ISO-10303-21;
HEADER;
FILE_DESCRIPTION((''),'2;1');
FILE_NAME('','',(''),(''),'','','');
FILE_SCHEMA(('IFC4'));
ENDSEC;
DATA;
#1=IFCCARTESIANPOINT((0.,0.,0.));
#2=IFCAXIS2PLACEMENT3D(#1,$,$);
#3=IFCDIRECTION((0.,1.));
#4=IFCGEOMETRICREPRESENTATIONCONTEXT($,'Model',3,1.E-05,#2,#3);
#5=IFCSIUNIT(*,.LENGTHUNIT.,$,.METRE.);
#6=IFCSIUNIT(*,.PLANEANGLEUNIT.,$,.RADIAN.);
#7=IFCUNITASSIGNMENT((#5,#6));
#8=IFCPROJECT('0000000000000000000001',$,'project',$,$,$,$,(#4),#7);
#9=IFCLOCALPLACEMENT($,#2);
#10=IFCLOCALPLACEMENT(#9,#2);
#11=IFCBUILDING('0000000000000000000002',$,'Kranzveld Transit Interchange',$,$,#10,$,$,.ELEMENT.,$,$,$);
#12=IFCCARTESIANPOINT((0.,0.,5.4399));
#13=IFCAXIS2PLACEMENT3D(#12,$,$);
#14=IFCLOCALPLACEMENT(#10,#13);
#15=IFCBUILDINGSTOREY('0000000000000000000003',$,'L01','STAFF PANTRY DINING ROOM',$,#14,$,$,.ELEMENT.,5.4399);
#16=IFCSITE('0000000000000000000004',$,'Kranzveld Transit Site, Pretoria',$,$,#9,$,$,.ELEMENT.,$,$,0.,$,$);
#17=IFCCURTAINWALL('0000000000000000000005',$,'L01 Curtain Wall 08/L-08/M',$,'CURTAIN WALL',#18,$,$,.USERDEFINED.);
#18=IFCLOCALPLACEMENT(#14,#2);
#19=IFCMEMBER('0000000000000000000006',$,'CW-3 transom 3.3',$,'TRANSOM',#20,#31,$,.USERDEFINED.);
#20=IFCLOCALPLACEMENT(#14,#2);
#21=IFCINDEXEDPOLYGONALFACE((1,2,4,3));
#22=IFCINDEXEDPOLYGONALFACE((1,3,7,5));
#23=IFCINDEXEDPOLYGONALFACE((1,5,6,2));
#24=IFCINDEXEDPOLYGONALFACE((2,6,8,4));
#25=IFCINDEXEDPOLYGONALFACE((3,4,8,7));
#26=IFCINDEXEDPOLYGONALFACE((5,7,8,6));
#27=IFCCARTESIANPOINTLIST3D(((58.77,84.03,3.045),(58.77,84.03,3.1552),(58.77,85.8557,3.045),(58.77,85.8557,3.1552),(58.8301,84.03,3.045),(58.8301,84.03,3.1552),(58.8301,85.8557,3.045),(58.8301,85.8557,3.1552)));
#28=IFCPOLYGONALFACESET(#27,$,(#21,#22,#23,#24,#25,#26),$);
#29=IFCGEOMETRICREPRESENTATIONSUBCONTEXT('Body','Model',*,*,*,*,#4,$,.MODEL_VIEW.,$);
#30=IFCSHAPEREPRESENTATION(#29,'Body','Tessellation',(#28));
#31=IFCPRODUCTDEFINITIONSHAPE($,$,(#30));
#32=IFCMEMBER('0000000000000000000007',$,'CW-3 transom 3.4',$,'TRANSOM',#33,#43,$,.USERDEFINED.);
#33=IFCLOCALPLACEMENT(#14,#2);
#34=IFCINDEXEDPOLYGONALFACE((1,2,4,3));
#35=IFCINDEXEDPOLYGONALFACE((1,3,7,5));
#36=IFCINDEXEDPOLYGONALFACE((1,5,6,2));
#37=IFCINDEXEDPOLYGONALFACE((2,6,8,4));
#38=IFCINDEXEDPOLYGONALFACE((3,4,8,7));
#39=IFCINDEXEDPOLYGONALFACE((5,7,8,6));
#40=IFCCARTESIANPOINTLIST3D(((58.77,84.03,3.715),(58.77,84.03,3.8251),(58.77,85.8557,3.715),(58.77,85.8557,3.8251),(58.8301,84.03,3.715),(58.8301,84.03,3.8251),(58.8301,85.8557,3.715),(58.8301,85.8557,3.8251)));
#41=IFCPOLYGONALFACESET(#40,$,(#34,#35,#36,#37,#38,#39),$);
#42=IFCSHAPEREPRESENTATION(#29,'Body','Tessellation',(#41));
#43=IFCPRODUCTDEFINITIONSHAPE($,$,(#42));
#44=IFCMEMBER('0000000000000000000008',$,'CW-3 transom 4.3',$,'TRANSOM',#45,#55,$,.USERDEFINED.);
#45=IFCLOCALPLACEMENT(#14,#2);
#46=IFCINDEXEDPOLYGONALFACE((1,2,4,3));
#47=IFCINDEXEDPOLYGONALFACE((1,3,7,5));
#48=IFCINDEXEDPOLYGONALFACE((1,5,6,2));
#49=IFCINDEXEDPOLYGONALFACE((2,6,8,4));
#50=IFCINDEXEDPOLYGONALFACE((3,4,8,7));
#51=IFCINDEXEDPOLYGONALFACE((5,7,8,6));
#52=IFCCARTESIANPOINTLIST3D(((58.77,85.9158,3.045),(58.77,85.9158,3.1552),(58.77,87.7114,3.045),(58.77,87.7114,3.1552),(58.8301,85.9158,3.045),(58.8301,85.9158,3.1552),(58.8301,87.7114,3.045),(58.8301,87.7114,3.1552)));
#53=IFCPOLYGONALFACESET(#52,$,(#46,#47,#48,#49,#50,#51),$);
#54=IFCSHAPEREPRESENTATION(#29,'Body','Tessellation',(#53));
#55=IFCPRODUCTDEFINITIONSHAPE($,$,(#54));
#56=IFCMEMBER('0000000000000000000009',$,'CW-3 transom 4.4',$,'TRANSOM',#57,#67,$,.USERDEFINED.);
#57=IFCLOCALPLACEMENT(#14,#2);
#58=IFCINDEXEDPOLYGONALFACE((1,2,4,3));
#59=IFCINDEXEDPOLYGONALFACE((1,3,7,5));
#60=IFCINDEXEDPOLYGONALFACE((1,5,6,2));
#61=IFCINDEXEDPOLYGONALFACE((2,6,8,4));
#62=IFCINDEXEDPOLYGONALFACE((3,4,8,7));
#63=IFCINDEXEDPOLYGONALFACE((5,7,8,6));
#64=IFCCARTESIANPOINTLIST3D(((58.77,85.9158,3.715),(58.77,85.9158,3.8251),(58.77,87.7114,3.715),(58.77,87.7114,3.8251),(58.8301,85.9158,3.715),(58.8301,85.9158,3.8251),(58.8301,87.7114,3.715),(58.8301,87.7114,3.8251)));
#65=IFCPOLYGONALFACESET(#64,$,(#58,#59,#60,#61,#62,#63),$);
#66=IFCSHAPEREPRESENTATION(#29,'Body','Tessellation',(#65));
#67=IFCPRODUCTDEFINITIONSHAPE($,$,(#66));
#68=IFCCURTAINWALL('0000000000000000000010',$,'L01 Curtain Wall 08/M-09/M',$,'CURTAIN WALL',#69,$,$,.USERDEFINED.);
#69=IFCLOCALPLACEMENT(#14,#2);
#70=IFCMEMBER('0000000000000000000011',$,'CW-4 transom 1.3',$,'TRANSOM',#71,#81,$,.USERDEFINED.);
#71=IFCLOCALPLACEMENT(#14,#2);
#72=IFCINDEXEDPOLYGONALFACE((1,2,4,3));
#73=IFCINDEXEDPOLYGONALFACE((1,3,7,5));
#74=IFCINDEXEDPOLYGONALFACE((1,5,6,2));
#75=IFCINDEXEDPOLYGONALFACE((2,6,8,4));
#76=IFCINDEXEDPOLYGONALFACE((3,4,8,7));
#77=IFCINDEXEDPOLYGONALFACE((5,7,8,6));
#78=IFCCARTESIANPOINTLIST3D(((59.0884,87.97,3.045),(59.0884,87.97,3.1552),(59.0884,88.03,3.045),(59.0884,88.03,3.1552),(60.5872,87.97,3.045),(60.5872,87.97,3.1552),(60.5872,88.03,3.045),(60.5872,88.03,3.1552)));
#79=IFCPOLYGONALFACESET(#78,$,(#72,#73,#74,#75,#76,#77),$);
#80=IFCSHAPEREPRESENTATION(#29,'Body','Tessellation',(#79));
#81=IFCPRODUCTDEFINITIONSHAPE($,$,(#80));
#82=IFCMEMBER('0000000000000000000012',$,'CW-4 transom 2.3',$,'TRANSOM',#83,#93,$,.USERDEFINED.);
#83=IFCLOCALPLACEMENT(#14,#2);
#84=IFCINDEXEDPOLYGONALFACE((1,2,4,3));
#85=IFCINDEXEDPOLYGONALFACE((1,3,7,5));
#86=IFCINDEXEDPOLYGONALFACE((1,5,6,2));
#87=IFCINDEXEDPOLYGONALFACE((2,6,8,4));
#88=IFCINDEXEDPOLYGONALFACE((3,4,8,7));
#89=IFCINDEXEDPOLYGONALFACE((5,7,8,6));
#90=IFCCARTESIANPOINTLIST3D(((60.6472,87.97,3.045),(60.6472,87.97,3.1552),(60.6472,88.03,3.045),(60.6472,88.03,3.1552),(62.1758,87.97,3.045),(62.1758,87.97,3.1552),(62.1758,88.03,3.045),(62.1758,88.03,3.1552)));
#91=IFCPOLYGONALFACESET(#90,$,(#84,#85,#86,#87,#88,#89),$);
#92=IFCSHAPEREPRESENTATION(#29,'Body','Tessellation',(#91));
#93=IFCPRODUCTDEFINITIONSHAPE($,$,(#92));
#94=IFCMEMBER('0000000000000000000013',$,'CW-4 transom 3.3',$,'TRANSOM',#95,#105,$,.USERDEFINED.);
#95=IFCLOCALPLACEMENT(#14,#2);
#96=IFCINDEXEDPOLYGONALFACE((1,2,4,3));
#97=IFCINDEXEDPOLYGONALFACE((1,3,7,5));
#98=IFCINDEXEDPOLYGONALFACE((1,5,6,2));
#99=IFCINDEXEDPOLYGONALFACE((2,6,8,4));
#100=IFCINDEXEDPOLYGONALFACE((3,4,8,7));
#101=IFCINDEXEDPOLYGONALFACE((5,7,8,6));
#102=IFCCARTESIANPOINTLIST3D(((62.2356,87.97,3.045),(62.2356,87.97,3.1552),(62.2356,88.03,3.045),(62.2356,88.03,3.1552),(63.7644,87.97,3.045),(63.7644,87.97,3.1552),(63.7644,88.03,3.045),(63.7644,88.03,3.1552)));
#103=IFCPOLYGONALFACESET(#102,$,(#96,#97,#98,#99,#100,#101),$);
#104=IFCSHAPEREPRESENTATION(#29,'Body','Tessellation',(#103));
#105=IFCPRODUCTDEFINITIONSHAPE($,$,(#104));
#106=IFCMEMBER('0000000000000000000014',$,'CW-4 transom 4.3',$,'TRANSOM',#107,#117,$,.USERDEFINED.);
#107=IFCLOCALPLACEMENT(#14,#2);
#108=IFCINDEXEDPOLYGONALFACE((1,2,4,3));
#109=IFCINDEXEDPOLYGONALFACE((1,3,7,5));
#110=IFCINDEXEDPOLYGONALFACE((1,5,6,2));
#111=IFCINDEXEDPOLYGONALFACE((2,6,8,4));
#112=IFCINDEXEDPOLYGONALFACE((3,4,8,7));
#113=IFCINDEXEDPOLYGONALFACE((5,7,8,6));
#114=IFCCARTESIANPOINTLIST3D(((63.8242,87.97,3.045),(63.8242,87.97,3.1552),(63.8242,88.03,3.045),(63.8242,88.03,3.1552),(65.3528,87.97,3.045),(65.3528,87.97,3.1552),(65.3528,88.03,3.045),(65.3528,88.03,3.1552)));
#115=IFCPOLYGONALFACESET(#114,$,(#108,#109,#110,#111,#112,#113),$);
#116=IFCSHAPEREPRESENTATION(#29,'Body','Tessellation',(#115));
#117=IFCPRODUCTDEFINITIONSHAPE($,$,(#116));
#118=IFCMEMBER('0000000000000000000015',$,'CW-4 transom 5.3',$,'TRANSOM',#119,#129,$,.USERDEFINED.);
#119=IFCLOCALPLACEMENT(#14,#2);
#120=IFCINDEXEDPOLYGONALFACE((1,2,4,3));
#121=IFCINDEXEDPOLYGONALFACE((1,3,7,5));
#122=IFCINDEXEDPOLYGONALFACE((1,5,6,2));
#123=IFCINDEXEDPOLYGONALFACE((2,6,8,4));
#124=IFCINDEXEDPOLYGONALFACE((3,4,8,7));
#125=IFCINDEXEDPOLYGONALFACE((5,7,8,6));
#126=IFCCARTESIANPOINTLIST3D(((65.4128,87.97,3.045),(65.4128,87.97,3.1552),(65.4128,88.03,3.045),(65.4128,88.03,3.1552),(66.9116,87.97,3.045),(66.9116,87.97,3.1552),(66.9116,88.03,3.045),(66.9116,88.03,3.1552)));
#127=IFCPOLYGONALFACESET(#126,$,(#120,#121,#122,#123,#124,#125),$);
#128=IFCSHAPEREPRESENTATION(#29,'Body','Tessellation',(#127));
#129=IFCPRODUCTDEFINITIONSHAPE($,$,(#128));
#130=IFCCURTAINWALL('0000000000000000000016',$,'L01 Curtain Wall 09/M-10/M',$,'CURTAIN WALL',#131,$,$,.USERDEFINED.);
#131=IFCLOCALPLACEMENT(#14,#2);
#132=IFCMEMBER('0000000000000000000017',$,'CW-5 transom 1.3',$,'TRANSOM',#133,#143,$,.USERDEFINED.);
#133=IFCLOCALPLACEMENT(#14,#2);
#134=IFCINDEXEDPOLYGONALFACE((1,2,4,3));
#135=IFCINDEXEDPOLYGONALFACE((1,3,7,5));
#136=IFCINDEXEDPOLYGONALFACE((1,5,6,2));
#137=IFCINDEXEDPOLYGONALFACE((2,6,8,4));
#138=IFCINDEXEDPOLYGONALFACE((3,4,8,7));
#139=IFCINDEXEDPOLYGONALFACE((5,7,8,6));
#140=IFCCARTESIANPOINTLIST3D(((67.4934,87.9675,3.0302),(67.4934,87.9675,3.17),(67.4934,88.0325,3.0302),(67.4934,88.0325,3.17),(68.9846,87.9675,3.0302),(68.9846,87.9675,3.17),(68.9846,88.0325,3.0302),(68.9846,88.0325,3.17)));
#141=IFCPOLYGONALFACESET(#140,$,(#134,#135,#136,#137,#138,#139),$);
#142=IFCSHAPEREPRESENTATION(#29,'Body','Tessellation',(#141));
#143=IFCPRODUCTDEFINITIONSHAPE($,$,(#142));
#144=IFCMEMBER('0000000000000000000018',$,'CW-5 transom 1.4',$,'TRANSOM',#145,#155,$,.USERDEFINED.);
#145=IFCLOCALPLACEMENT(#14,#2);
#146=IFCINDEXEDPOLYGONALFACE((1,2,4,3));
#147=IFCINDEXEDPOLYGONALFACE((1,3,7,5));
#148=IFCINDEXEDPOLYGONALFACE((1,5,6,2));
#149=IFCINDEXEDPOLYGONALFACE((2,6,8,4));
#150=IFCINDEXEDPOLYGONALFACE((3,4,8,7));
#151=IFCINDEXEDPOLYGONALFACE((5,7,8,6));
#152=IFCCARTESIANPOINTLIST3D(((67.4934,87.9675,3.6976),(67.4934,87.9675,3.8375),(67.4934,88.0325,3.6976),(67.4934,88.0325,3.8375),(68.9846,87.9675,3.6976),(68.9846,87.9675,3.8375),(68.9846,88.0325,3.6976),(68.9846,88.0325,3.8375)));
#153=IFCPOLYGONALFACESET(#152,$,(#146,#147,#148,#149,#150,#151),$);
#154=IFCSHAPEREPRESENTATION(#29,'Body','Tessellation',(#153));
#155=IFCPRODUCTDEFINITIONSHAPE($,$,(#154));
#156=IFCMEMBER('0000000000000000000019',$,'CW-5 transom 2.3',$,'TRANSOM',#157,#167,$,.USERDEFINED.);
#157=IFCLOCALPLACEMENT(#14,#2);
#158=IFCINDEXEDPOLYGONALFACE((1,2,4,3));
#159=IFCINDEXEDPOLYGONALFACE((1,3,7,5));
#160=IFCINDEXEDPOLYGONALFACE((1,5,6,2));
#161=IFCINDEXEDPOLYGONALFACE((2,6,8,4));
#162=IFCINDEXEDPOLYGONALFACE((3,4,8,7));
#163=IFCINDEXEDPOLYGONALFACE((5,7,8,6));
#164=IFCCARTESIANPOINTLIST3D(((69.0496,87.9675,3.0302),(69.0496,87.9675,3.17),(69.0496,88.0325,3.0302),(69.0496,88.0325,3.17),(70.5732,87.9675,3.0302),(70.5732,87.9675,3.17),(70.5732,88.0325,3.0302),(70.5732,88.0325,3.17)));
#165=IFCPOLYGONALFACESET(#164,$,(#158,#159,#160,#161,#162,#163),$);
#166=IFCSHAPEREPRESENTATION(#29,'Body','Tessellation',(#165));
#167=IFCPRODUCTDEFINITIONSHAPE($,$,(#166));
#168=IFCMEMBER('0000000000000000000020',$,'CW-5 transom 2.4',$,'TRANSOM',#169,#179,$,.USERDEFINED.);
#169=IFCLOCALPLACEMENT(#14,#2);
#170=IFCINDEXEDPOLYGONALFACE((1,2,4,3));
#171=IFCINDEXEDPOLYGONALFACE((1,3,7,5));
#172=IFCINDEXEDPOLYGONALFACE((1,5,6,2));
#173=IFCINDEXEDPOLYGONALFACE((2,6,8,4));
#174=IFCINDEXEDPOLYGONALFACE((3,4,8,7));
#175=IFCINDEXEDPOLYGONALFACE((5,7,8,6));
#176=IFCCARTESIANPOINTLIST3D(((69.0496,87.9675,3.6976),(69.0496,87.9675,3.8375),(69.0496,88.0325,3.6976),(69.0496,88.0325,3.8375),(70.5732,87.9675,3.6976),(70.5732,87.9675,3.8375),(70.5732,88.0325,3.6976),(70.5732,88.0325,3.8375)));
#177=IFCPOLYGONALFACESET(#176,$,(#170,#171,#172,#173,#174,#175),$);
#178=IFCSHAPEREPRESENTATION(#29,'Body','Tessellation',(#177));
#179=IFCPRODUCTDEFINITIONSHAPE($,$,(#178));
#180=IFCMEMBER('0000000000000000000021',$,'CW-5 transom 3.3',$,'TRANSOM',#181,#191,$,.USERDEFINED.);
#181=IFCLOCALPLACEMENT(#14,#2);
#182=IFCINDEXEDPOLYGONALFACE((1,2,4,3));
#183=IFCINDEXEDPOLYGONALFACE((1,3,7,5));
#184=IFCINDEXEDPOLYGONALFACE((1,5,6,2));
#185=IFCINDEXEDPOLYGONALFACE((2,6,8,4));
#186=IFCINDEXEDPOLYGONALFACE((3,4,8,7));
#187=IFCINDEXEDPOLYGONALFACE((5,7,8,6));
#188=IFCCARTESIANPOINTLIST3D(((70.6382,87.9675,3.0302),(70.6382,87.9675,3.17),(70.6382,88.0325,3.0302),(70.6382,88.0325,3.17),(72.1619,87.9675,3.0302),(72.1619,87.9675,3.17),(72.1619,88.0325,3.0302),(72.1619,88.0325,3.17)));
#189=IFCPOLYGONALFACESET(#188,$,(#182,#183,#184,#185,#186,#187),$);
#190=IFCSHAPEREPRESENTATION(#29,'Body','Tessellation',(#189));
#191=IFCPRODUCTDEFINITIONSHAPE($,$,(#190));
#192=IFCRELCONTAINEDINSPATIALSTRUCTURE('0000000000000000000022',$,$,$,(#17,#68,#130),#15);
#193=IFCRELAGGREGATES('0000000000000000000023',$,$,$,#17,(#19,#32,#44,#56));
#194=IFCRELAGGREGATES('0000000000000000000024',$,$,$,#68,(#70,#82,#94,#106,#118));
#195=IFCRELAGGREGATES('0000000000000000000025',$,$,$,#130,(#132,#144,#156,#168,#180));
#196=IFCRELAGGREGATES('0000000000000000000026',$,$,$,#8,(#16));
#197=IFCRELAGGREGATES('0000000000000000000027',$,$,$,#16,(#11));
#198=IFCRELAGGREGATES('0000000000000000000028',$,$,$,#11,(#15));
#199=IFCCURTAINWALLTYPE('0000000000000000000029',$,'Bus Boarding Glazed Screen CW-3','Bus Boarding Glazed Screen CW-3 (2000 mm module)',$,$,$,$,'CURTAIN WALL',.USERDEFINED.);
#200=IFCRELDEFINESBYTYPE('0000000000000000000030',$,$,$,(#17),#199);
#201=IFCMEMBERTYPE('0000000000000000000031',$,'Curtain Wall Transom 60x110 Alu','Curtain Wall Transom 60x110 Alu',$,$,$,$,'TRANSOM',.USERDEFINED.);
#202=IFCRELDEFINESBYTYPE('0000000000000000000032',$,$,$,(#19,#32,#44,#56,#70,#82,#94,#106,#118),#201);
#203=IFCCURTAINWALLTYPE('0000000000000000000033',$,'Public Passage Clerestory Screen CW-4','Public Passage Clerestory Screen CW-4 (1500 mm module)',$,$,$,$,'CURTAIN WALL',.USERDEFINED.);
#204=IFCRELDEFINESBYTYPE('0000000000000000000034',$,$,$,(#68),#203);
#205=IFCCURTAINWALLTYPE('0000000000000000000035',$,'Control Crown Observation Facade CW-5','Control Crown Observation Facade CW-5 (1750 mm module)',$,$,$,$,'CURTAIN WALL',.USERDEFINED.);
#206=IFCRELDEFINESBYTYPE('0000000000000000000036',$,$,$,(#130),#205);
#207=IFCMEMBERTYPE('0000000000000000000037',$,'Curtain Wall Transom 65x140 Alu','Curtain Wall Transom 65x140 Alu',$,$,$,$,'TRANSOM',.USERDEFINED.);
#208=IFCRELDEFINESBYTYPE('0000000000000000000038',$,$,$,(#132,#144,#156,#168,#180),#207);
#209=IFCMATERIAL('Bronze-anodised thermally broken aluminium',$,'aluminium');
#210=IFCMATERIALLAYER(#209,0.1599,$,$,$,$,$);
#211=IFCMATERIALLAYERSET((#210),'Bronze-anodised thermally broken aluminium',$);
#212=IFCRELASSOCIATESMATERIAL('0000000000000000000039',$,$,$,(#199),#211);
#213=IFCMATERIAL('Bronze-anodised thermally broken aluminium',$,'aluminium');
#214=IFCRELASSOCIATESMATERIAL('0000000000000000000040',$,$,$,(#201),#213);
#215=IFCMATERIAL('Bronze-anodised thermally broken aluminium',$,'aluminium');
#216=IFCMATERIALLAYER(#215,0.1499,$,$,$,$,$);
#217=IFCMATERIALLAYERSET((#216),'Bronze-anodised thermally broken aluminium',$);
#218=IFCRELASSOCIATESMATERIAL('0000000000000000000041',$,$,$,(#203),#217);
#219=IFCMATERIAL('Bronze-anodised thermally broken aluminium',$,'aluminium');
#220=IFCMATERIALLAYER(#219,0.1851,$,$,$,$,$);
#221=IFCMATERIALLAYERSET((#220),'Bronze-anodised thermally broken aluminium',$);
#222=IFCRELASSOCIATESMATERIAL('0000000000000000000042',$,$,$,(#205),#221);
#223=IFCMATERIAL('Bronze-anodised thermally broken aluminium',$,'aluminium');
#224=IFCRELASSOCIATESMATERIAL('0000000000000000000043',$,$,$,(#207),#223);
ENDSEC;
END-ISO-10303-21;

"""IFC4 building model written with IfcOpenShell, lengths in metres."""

from ifc_helpers import new_model, si_unit, direction, frame, origin, origin_2d, place, context, subcontext, project, spatial, rectangle, extrude, material, layer, layer_set, material_profile, profile_set, type_object, element, aggregate, save


model = new_model("IFC4")

# Units and contexts
model_context = context("Model", 3, precision=1e-05, world=origin(), true_north=direction((0.0, 1.0)))
body_context = subcontext(model_context, "Body", "Model", "MODEL_VIEW")
ifc_project = project(units=[si_unit("LENGTHUNIT", "METRE"), si_unit("PLANEANGLEUNIT", "RADIAN")], contexts=[model_context])

# Site, building, storey
site_placement = place(None, origin())
site = spatial("IfcSite", under=ifc_project, at=site_placement, Name="Kranzveld Transit Site, Pretoria", CompositionType="ELEMENT", RefElevation=0.0)
building_placement = place(site_placement, origin())
building = spatial("IfcBuilding", under=site, at=building_placement, Name="Kranzveld Transit Interchange", CompositionType="ELEMENT")
storey_placement = place(building_placement, frame((0.0, 0.0, 5.4399)))
storey = spatial("IfcBuildingStorey", under=building, at=storey_placement, Name="L01", Description="STAFF PANTRY DINING ROOM", CompositionType="ELEMENT", Elevation=5.4399)

# Curtain walls, members
ifc_material_1 = material(Name="Bronze-anodised thermally broken aluminium", Category="aluminium")
ifc_layer_1 = layer(ifc_material_1, 0.1599)
ifc_layer_set_1 = layer_set([ifc_layer_1], Name="Bronze-anodised thermally broken aluminium")
curtain_wall_type_1 = type_object("IfcCurtainWallType", Name="Bus Boarding Glazed Screen CW-3", Description="Bus Boarding Glazed Screen CW-3 (2000 mm module)", ElementType="CURTAIN WALL", PredefinedType="USERDEFINED", material=ifc_layer_set_1)
curtain_wall_1_placement = place(storey_placement, origin())
curtain_wall_1 = element("IfcCurtainWall", 1, at=curtain_wall_1_placement, inside=storey, type_object=curtain_wall_type_1, Name="L01 Curtain Wall 08/L-08/M", ObjectType="CURTAIN WALL", PredefinedType="USERDEFINED")
ifc_material_2 = material(Name="Bronze-anodised thermally broken aluminium", Category="aluminium")
ifc_material_profile_1 = material_profile(ifc_material_2, rectangle(XDim=0.0601, YDim=0.1101, at=origin_2d()), Name="ALU TRANSOM 60x110")
ifc_profile_set_1 = profile_set([ifc_material_profile_1], Name="Bronze-anodised thermally broken aluminium")
member_type_1 = type_object("IfcMemberType", Name="Curtain Wall Transom 60x110 Alu", Description="Curtain Wall Transom 60x110 Alu", ElementType="TRANSOM", PredefinedType="USERDEFINED", material=ifc_profile_set_1)
member_1_placement = place(storey_placement, frame((58.8, 84.03, 3.1001), z_axis=(0.0, 1.0, 0.0), x_axis=(-1.0, 0.0, 0.0)))
member_1 = element("IfcMember", 2, at=member_1_placement, type_object=member_type_1, Name="CW-3 transom 3.3", ObjectType="TRANSOM", PredefinedType="USERDEFINED", context=body_context, shape_type="SweptSolid", body=[
    extrude(rectangle(XDim=0.0601, YDim=0.1101, at=origin_2d()), origin(), (0.0, 0.0, 1.0), 1.8257),
])
member_2_placement = place(storey_placement, frame((58.8, 84.03, 3.77), z_axis=(0.0, 1.0, 0.0), x_axis=(-1.0, 0.0, 0.0)))
member_2 = element("IfcMember", 3, at=member_2_placement, type_object=member_type_1, Name="CW-3 transom 3.4", ObjectType="TRANSOM", PredefinedType="USERDEFINED", context=body_context, shape_type="SweptSolid", body=[
    extrude(rectangle(XDim=0.0601, YDim=0.1101, at=origin_2d()), origin(), (0.0, 0.0, 1.0), 1.8257),
])
member_3_placement = place(storey_placement, frame((58.8, 85.9158, 3.1001), z_axis=(0.0, 1.0, 0.0), x_axis=(-1.0, 0.0, 0.0)))
member_3 = element("IfcMember", 4, at=member_3_placement, type_object=member_type_1, Name="CW-3 transom 4.3", ObjectType="TRANSOM", PredefinedType="USERDEFINED", context=body_context, shape_type="SweptSolid", body=[
    extrude(rectangle(XDim=0.0601, YDim=0.1101, at=origin_2d()), origin(), (0.0, 0.0, 1.0), 1.7957),
])
member_4_placement = place(storey_placement, frame((58.8, 85.9158, 3.77), z_axis=(0.0, 1.0, 0.0), x_axis=(-1.0, 0.0, 0.0)))
member_4 = element("IfcMember", 5, at=member_4_placement, type_object=member_type_1, Name="CW-3 transom 4.4", ObjectType="TRANSOM", PredefinedType="USERDEFINED", context=body_context, shape_type="SweptSolid", body=[
    extrude(rectangle(XDim=0.0601, YDim=0.1101, at=origin_2d()), origin(), (0.0, 0.0, 1.0), 1.7957),
])
ifc_material_3 = material(Name="Bronze-anodised thermally broken aluminium", Category="aluminium")
ifc_layer_2 = layer(ifc_material_3, 0.1499)
ifc_layer_set_2 = layer_set([ifc_layer_2], Name="Bronze-anodised thermally broken aluminium")
curtain_wall_type_2 = type_object("IfcCurtainWallType", Name="Public Passage Clerestory Screen CW-4", Description="Public Passage Clerestory Screen CW-4 (1500 mm module)", ElementType="CURTAIN WALL", PredefinedType="USERDEFINED", material=ifc_layer_set_2)
curtain_wall_2_placement = place(storey_placement, origin())
curtain_wall_2 = element("IfcCurtainWall", 6, at=curtain_wall_2_placement, inside=storey, type_object=curtain_wall_type_2, Name="L01 Curtain Wall 08/M-09/M", ObjectType="CURTAIN WALL", PredefinedType="USERDEFINED")
member_5_placement = place(storey_placement, frame((59.0884, 88.0, 3.1001), z_axis=(1.0, 0.0, 0.0), x_axis=(0.0, 1.0, 0.0)))
member_5 = element("IfcMember", 7, at=member_5_placement, type_object=member_type_1, Name="CW-4 transom 1.3", ObjectType="TRANSOM", PredefinedType="USERDEFINED", context=body_context, shape_type="SweptSolid", body=[
    extrude(rectangle(XDim=0.0601, YDim=0.1101, at=origin_2d()), origin(), (0.0, 0.0, 1.0), 1.4988),
])
member_6_placement = place(storey_placement, frame((60.6472, 88.0, 3.1001), z_axis=(1.0, 0.0, 0.0), x_axis=(0.0, 1.0, 0.0)))
member_6 = element("IfcMember", 8, at=member_6_placement, type_object=member_type_1, Name="CW-4 transom 2.3", ObjectType="TRANSOM", PredefinedType="USERDEFINED", context=body_context, shape_type="SweptSolid", body=[
    extrude(rectangle(XDim=0.0601, YDim=0.1101, at=origin_2d()), origin(), (0.0, 0.0, 1.0), 1.5286),
])
member_7_placement = place(storey_placement, frame((62.2356, 88.0, 3.1001), z_axis=(1.0, 0.0, 0.0), x_axis=(0.0, 1.0, 0.0)))
member_7 = element("IfcMember", 9, at=member_7_placement, type_object=member_type_1, Name="CW-4 transom 3.3", ObjectType="TRANSOM", PredefinedType="USERDEFINED", context=body_context, shape_type="SweptSolid", body=[
    extrude(rectangle(XDim=0.0601, YDim=0.1101, at=origin_2d()), origin(), (0.0, 0.0, 1.0), 1.5288),
])
member_8_placement = place(storey_placement, frame((63.8242, 88.0, 3.1001), z_axis=(1.0, 0.0, 0.0), x_axis=(0.0, 1.0, 0.0)))
member_8 = element("IfcMember", 10, at=member_8_placement, type_object=member_type_1, Name="CW-4 transom 4.3", ObjectType="TRANSOM", PredefinedType="USERDEFINED", context=body_context, shape_type="SweptSolid", body=[
    extrude(rectangle(XDim=0.0601, YDim=0.1101, at=origin_2d()), origin(), (0.0, 0.0, 1.0), 1.5286),
])
member_9_placement = place(storey_placement, frame((65.4128, 88.0, 3.1001), z_axis=(1.0, 0.0, 0.0), x_axis=(0.0, 1.0, 0.0)))
member_9 = element("IfcMember", 11, at=member_9_placement, type_object=member_type_1, Name="CW-4 transom 5.3", ObjectType="TRANSOM", PredefinedType="USERDEFINED", context=body_context, shape_type="SweptSolid", body=[
    extrude(rectangle(XDim=0.0601, YDim=0.1101, at=origin_2d()), origin(), (0.0, 0.0, 1.0), 1.4988),
])
ifc_material_4 = material(Name="Bronze-anodised thermally broken aluminium", Category="aluminium")
ifc_layer_3 = layer(ifc_material_4, 0.1851)
ifc_layer_set_3 = layer_set([ifc_layer_3], Name="Bronze-anodised thermally broken aluminium")
curtain_wall_type_3 = type_object("IfcCurtainWallType", Name="Control Crown Observation Facade CW-5", Description="Control Crown Observation Facade CW-5 (1750 mm module)", ElementType="CURTAIN WALL", PredefinedType="USERDEFINED", material=ifc_layer_set_3)
curtain_wall_3_placement = place(storey_placement, origin())
curtain_wall_3 = element("IfcCurtainWall", 12, at=curtain_wall_3_placement, inside=storey, type_object=curtain_wall_type_3, Name="L01 Curtain Wall 09/M-10/M", ObjectType="CURTAIN WALL", PredefinedType="USERDEFINED")
ifc_material_5 = material(Name="Bronze-anodised thermally broken aluminium", Category="aluminium")
ifc_material_profile_2 = material_profile(ifc_material_5, rectangle(XDim=0.0649, YDim=0.1399, at=origin_2d()), Name="ALU TRANSOM 65x140")
ifc_profile_set_2 = profile_set([ifc_material_profile_2], Name="Bronze-anodised thermally broken aluminium")
member_type_2 = type_object("IfcMemberType", Name="Curtain Wall Transom 65x140 Alu", Description="Curtain Wall Transom 65x140 Alu", ElementType="TRANSOM", PredefinedType="USERDEFINED", material=ifc_profile_set_2)
member_10_placement = place(storey_placement, frame((67.4934, 88.0, 3.1001), z_axis=(1.0, 0.0, 0.0), x_axis=(0.0, 1.0, 0.0)))
member_10 = element("IfcMember", 13, at=member_10_placement, type_object=member_type_2, Name="CW-5 transom 1.3", ObjectType="TRANSOM", PredefinedType="USERDEFINED", context=body_context, shape_type="SweptSolid", body=[
    extrude(rectangle(XDim=0.0649, YDim=0.1399, at=origin_2d()), origin(), (0.0, 0.0, 1.0), 1.4912),
])
member_11_placement = place(storey_placement, frame((67.4934, 88.0, 3.7676), z_axis=(1.0, 0.0, 0.0), x_axis=(0.0, 1.0, 0.0)))
member_11 = element("IfcMember", 14, at=member_11_placement, type_object=member_type_2, Name="CW-5 transom 1.4", ObjectType="TRANSOM", PredefinedType="USERDEFINED", context=body_context, shape_type="SweptSolid", body=[
    extrude(rectangle(XDim=0.0649, YDim=0.1399, at=origin_2d()), origin(), (0.0, 0.0, 1.0), 1.4912),
])
member_12_placement = place(storey_placement, frame((69.0496, 88.0, 3.1001), z_axis=(1.0, 0.0, 0.0), x_axis=(0.0, 1.0, 0.0)))
member_12 = element("IfcMember", 15, at=member_12_placement, type_object=member_type_2, Name="CW-5 transom 2.3", ObjectType="TRANSOM", PredefinedType="USERDEFINED", context=body_context, shape_type="SweptSolid", body=[
    extrude(rectangle(XDim=0.0649, YDim=0.1399, at=origin_2d()), origin(), (0.0, 0.0, 1.0), 1.5237),
])
member_13_placement = place(storey_placement, frame((69.0496, 88.0, 3.7676), z_axis=(1.0, 0.0, 0.0), x_axis=(0.0, 1.0, 0.0)))
member_13 = element("IfcMember", 16, at=member_13_placement, type_object=member_type_2, Name="CW-5 transom 2.4", ObjectType="TRANSOM", PredefinedType="USERDEFINED", context=body_context, shape_type="SweptSolid", body=[
    extrude(rectangle(XDim=0.0649, YDim=0.1399, at=origin_2d()), origin(), (0.0, 0.0, 1.0), 1.5237),
])
member_14_placement = place(storey_placement, frame((70.6382, 88.0, 3.1001), z_axis=(1.0, 0.0, 0.0), x_axis=(0.0, 1.0, 0.0)))
member_14 = element("IfcMember", 17, at=member_14_placement, type_object=member_type_2, Name="CW-5 transom 3.3", ObjectType="TRANSOM", PredefinedType="USERDEFINED", context=body_context, shape_type="SweptSolid", body=[
    extrude(rectangle(XDim=0.0649, YDim=0.1399, at=origin_2d()), origin(), (0.0, 0.0, 1.0), 1.5237),
])

aggregate(curtain_wall_1, [member_1, member_2, member_3, member_4])
aggregate(curtain_wall_2, [member_5, member_6, member_7, member_8, member_9])
aggregate(curtain_wall_3, [member_10, member_11, member_12, member_13, member_14])

save(model, "model.ifc")
